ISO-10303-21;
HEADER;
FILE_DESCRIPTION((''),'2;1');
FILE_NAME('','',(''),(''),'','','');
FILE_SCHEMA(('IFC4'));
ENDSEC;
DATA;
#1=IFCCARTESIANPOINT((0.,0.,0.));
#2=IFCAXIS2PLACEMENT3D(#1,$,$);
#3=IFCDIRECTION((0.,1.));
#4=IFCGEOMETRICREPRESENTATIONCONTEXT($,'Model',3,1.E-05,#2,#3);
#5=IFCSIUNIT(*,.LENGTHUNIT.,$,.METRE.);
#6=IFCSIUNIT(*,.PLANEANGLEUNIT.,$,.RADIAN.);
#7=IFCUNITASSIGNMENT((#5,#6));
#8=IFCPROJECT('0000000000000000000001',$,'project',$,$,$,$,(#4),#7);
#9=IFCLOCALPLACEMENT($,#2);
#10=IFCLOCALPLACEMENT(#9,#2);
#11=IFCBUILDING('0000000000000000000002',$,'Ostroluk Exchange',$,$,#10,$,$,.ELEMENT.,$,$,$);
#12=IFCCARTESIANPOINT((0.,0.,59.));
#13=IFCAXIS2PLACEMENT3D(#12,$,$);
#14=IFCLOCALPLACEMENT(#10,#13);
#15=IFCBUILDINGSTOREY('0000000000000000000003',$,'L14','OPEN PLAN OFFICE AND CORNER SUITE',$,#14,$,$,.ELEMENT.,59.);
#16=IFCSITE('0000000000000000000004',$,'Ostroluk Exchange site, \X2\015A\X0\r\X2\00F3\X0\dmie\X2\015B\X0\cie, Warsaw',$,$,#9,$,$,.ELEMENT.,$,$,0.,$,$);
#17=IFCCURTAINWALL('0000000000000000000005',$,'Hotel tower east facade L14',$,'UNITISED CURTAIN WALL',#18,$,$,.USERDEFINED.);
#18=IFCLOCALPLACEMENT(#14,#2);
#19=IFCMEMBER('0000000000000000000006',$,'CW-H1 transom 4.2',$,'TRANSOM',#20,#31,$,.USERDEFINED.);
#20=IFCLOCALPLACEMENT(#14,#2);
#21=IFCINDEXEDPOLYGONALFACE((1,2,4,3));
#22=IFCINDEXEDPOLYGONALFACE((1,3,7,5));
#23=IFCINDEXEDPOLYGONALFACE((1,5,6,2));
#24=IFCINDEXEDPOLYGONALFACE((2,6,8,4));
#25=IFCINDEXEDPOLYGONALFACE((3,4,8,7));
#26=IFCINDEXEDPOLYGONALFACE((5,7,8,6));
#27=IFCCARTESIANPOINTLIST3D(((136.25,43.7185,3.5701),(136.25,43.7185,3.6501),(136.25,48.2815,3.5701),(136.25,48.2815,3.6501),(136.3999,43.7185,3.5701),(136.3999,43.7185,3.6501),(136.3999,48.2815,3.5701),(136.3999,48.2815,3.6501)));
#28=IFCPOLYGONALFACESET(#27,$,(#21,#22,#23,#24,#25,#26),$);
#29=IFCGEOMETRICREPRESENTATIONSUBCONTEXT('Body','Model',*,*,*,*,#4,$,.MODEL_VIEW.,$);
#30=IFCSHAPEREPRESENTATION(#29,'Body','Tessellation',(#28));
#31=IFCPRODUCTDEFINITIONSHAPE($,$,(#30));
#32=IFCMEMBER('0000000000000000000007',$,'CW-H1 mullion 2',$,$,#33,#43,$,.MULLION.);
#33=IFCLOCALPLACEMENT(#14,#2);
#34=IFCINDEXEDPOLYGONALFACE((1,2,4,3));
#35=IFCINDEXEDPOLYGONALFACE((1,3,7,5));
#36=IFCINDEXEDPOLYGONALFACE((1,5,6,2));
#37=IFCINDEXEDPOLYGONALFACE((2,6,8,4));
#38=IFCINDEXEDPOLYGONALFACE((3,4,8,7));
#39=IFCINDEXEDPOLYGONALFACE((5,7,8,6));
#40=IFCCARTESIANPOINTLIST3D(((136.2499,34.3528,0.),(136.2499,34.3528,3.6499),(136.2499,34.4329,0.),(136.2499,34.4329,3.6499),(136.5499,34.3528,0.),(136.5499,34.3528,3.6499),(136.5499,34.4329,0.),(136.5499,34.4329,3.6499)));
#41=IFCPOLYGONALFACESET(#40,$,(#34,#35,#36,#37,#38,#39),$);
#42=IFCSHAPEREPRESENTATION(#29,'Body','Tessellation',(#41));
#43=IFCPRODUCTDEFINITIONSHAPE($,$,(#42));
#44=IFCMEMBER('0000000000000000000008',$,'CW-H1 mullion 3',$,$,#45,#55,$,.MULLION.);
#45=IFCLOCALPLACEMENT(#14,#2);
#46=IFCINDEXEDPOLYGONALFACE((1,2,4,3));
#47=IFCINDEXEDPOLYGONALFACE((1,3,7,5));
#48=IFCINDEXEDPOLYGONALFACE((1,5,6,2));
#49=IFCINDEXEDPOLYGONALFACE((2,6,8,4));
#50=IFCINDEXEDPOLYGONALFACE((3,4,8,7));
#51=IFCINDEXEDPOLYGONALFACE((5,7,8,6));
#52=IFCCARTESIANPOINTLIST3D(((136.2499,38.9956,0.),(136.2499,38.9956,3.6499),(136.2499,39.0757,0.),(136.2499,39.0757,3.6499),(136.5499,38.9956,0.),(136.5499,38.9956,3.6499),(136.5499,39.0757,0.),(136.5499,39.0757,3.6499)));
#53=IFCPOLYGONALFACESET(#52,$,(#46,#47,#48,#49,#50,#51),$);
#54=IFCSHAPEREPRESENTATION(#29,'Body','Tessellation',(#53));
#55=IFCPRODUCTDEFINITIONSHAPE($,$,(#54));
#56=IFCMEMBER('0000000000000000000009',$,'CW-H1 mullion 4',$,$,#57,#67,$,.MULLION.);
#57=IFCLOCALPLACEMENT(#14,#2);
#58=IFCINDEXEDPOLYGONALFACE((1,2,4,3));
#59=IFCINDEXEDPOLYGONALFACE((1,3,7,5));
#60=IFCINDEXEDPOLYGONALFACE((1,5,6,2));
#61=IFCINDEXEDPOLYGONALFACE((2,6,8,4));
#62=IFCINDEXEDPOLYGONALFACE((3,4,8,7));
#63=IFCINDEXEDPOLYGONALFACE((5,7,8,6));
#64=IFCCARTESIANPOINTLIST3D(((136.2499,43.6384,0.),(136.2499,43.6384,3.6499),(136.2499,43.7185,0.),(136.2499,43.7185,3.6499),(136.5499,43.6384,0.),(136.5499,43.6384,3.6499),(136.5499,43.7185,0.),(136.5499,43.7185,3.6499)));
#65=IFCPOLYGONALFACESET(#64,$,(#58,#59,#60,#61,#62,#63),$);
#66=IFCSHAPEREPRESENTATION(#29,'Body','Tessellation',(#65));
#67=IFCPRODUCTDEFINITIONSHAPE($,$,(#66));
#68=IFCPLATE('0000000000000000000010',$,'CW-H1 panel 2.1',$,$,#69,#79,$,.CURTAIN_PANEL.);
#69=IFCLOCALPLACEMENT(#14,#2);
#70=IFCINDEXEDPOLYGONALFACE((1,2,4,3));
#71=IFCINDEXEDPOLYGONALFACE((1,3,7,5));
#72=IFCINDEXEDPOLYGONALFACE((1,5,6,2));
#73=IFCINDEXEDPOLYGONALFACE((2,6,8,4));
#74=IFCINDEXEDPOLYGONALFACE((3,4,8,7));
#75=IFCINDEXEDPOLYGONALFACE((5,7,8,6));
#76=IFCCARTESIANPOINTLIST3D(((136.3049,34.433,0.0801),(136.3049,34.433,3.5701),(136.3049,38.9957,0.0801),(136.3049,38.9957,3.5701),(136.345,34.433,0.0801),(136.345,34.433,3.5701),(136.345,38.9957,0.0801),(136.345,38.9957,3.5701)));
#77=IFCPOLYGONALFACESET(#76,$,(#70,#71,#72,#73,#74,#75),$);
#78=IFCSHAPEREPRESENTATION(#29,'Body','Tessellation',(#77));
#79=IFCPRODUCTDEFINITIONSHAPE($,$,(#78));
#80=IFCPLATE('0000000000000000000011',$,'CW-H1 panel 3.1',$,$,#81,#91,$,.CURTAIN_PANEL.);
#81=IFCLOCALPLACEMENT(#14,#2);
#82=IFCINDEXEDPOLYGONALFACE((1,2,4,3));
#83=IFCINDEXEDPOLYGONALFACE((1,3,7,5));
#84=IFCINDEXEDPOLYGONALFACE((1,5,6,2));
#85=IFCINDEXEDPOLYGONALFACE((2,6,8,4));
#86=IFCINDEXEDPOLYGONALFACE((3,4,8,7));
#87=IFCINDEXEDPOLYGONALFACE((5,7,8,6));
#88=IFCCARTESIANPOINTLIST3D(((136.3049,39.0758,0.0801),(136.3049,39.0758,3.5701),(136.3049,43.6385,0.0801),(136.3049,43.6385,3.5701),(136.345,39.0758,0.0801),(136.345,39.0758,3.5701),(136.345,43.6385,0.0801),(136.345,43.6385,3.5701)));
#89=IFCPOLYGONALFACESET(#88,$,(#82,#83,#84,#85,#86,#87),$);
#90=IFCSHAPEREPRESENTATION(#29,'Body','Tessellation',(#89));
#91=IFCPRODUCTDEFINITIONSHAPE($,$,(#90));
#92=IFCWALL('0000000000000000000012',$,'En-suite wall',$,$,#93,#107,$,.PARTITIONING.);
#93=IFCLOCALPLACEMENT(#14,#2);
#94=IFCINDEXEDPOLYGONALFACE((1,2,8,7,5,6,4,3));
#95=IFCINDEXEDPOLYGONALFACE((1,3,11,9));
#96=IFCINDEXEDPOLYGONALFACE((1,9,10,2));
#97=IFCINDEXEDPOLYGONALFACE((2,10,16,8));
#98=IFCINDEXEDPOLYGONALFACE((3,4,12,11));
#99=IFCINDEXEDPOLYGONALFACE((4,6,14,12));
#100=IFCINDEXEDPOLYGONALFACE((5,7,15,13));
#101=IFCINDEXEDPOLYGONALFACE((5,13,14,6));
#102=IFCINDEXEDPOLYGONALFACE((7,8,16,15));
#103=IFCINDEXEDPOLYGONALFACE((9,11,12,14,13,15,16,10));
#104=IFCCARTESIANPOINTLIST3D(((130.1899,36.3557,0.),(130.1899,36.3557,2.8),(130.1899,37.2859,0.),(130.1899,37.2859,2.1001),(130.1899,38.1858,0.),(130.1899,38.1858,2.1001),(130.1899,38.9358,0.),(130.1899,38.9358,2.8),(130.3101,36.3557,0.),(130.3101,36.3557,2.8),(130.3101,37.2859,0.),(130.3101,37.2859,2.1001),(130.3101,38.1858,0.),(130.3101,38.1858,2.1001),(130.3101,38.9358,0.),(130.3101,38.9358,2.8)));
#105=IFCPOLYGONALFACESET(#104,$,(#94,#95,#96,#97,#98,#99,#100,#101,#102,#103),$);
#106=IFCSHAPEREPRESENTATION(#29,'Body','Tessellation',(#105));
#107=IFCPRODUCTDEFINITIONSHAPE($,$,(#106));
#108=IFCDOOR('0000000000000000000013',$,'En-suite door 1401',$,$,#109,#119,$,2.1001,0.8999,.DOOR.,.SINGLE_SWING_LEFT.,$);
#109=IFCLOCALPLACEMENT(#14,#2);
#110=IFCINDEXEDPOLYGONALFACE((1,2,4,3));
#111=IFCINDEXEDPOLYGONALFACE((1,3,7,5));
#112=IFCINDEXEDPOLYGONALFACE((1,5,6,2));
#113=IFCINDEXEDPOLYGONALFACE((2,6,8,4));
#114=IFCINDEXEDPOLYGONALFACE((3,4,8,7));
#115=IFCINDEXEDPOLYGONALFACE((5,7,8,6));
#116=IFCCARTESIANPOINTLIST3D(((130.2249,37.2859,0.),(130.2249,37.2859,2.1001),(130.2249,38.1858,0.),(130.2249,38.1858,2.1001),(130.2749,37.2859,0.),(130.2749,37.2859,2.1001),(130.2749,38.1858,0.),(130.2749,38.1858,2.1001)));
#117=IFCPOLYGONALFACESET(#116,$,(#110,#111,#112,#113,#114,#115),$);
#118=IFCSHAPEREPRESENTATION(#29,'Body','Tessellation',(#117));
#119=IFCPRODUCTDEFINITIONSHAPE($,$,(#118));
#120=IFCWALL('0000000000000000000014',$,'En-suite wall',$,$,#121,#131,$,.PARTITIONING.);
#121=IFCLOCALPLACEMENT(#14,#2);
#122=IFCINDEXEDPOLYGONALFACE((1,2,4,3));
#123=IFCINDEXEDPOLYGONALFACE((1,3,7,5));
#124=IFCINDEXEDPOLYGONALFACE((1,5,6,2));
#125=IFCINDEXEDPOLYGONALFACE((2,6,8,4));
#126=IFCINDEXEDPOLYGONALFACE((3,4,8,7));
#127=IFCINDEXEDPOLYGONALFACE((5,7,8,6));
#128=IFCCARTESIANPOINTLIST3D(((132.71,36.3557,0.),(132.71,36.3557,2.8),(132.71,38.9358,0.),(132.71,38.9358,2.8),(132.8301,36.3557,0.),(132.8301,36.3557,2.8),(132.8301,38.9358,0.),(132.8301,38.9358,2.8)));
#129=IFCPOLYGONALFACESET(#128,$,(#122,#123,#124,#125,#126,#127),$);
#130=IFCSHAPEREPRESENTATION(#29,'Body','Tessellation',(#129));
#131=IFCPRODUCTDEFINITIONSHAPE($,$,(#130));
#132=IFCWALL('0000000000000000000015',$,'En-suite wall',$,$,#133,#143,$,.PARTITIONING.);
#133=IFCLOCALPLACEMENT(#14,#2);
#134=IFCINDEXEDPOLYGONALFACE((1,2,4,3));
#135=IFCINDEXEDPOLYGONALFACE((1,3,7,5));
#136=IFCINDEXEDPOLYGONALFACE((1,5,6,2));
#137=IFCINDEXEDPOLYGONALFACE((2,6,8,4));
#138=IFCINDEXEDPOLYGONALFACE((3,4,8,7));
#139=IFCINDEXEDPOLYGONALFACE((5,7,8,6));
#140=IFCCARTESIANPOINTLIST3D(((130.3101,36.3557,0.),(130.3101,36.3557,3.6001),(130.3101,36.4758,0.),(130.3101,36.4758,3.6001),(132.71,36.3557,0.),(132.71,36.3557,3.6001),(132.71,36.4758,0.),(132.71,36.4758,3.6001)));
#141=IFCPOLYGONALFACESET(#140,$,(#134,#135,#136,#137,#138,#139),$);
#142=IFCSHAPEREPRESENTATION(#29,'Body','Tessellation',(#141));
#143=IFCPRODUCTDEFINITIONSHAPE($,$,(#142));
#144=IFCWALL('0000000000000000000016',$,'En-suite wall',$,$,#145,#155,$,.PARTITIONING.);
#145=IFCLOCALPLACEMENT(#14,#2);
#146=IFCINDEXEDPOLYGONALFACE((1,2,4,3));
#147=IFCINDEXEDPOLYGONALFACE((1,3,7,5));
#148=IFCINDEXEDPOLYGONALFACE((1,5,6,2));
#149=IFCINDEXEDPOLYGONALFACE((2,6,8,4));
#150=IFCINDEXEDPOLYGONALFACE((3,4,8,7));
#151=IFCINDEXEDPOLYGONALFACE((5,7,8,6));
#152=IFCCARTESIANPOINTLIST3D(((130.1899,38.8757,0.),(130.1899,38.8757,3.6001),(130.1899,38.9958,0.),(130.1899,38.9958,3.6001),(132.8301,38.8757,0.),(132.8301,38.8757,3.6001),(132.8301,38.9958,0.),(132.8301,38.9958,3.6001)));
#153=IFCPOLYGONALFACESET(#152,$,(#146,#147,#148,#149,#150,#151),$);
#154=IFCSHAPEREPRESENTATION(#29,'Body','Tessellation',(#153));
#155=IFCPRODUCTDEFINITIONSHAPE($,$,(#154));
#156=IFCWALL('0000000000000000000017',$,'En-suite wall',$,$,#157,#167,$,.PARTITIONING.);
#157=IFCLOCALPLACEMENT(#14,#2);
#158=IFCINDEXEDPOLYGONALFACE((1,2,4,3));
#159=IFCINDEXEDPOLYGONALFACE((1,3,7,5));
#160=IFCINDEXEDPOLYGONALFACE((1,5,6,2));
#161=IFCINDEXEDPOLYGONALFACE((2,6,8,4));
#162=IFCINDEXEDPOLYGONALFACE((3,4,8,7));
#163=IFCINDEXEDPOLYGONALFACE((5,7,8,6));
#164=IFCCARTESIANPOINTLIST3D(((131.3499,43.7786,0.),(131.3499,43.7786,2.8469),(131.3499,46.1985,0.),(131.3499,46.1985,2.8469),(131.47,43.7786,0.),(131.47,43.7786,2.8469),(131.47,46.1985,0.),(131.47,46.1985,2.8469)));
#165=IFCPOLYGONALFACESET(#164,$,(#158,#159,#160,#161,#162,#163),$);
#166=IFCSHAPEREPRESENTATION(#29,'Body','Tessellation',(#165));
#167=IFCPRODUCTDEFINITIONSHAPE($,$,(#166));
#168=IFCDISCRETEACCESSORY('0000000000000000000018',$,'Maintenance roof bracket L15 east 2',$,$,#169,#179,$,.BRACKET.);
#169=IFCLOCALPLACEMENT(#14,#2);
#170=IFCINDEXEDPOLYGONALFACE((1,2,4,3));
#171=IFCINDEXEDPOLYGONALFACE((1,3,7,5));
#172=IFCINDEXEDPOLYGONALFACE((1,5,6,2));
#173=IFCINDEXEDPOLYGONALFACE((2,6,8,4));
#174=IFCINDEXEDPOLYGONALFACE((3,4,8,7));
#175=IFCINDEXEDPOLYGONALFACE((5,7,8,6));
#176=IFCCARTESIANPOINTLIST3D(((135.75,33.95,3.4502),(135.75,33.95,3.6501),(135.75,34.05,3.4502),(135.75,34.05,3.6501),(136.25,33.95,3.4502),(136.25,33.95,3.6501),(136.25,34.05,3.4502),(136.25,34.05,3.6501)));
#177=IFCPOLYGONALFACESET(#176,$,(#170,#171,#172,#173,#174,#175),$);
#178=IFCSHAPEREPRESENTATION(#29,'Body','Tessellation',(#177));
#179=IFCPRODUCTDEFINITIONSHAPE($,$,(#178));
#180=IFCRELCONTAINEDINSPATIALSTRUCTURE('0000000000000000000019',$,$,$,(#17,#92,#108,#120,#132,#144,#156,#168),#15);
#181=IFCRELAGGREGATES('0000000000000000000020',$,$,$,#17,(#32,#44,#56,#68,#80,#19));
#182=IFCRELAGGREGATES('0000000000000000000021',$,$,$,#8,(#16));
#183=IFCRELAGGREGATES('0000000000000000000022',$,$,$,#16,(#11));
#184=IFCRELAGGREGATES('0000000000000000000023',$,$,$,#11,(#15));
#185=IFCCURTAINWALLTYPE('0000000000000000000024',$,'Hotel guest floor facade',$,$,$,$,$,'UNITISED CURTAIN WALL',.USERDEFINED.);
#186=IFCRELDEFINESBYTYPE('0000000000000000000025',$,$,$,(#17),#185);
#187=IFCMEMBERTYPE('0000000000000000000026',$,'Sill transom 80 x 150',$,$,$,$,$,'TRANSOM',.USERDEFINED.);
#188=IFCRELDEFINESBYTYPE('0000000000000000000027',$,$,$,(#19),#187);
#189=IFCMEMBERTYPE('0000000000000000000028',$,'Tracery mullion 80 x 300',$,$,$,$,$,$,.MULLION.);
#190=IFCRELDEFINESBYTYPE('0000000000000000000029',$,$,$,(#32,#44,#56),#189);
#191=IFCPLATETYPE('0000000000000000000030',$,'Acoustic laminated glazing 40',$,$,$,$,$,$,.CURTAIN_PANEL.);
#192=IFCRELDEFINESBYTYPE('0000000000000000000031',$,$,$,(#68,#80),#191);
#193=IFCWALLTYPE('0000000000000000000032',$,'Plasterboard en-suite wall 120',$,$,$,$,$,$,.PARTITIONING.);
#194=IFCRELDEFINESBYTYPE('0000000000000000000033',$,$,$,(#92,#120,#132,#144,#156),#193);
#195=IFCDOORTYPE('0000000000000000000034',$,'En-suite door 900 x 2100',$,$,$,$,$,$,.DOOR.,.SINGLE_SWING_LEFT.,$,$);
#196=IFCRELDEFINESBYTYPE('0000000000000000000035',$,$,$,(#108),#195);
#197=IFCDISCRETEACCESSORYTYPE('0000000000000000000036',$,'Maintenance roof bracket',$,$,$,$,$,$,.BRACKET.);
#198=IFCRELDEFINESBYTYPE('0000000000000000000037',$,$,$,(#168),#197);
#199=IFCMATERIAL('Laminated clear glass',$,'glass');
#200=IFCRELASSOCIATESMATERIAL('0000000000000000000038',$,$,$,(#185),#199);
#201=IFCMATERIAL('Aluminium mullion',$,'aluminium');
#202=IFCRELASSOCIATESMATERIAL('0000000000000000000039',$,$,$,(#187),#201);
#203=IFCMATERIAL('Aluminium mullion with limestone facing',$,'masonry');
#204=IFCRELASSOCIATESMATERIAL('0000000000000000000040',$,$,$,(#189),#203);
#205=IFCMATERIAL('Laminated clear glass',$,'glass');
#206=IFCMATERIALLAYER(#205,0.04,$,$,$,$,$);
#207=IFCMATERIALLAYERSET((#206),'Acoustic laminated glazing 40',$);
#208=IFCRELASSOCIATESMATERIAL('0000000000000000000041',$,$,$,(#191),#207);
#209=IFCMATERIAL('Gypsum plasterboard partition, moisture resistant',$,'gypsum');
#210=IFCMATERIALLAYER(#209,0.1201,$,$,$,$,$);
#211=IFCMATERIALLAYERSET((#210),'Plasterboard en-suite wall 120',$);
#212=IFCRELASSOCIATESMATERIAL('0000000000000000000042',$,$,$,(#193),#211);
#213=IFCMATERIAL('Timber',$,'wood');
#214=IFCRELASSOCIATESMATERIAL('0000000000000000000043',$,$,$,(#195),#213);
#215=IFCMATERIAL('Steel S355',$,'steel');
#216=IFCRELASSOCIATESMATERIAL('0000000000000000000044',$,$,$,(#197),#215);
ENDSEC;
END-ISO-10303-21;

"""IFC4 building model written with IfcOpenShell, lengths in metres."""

from ifc_helpers import new_model, si_unit, direction, frame, frame_2d, origin, origin_2d, place, context, subcontext, project, spatial, rectangle, extrude, material, layer, layer_set, material_profile, profile_set, type_object, element, fill, aggregate, save


model = new_model("IFC4")

# Units and contexts
model_context = context("Model", 3, precision=1e-05, world=origin(), true_north=direction((0.0, 1.0)))
body_context = subcontext(model_context, "Body", "Model", "MODEL_VIEW")
ifc_project = project(units=[si_unit("LENGTHUNIT", "METRE"), si_unit("PLANEANGLEUNIT", "RADIAN")], contexts=[model_context])

# Site, building, storey
site_placement = place(None, origin())
site = spatial("IfcSite", under=ifc_project, at=site_placement, Name="Ostroluk Exchange site, Śródmieście, Warsaw", CompositionType="ELEMENT", RefElevation=0.0)
building_placement = place(site_placement, origin())
building = spatial("IfcBuilding", under=site, at=building_placement, Name="Ostroluk Exchange", CompositionType="ELEMENT")
storey_placement = place(building_placement, frame((0.0, 0.0, 59.0)))
storey = spatial("IfcBuildingStorey", under=building, at=storey_placement, Name="L14", Description="OPEN PLAN OFFICE AND CORNER SUITE", CompositionType="ELEMENT", Elevation=59.0)

# Curtain wall, members, plates
ifc_material_1 = material(Name="Laminated clear glass", Category="glass")
curtain_wall_type = type_object("IfcCurtainWallType", Name="Hotel guest floor facade", ElementType="UNITISED CURTAIN WALL", PredefinedType="USERDEFINED", material=ifc_material_1)
curtain_wall_placement = place(storey_placement, origin())
curtain_wall = element("IfcCurtainWall", 1, at=curtain_wall_placement, inside=storey, type_object=curtain_wall_type, Name="Hotel tower east facade L14", ObjectType="UNITISED CURTAIN WALL", PredefinedType="USERDEFINED")
ifc_material_2 = material(Name="Aluminium mullion", Category="aluminium")
ifc_material_profile_1 = material_profile(ifc_material_2, rectangle(XDim=0.1499, YDim=0.0801, at=origin_2d()), Name="Sill transom 80 x 150")
ifc_profile_set_1 = profile_set([ifc_material_profile_1], Name="Aluminium mullion")
member_type_1 = type_object("IfcMemberType", Name="Sill transom 80 x 150", ElementType="TRANSOM", PredefinedType="USERDEFINED", material=ifc_profile_set_1)
member_1_placement = place(storey_placement, frame((136.325, 43.7185, 3.6101), z_axis=(0.0, 1.0, 0.0), x_axis=(-1.0, 0.0, 0.0)))
member_1 = element("IfcMember", 2, at=member_1_placement, type_object=member_type_1, Name="CW-H1 transom 4.2", ObjectType="TRANSOM", PredefinedType="USERDEFINED", context=body_context, shape_type="SweptSolid", body=[
    extrude(rectangle(XDim=0.1499, YDim=0.0801, at=origin_2d()), origin(), (0.0, 0.0, 1.0), 4.563),
])
ifc_material_3 = material(Name="Aluminium mullion with limestone facing", Category="masonry")
ifc_material_profile_2 = material_profile(ifc_material_3, rectangle(XDim=0.3, YDim=0.0801, at=origin_2d()), Name="Tracery mullion 80 x 300")
ifc_profile_set_2 = profile_set([ifc_material_profile_2], Name="Aluminium mullion with limestone facing")
member_type_2 = type_object("IfcMemberType", Name="Tracery mullion 80 x 300", PredefinedType="MULLION", material=ifc_profile_set_2)
member_2_placement = place(storey_placement, frame((136.3999, 34.3928, 0.0), z_axis=(0.0, 0.0, 1.0), x_axis=(-1.0, 0.0, 0.0)))
member_2 = element("IfcMember", 3, at=member_2_placement, type_object=member_type_2, Name="CW-H1 mullion 2", PredefinedType="MULLION", context=body_context, shape_type="SweptSolid", body=[
    extrude(rectangle(XDim=0.3, YDim=0.0801, at=origin_2d()), origin(), (0.0, 0.0, 1.0), 3.6499),
])
member_3_placement = place(storey_placement, frame((136.3999, 39.0356, 0.0), z_axis=(0.0, 0.0, 1.0), x_axis=(-1.0, 0.0, 0.0)))
member_3 = element("IfcMember", 4, at=member_3_placement, type_object=member_type_2, Name="CW-H1 mullion 3", PredefinedType="MULLION", context=body_context, shape_type="SweptSolid", body=[
    extrude(rectangle(XDim=0.3, YDim=0.0801, at=origin_2d()), origin(), (0.0, 0.0, 1.0), 3.6499),
])
member_4_placement = place(storey_placement, frame((136.3999, 43.6785, 0.0), z_axis=(0.0, 0.0, 1.0), x_axis=(-1.0, 0.0, 0.0)))
member_4 = element("IfcMember", 5, at=member_4_placement, type_object=member_type_2, Name="CW-H1 mullion 4", PredefinedType="MULLION", context=body_context, shape_type="SweptSolid", body=[
    extrude(rectangle(XDim=0.3, YDim=0.0801, at=origin_2d()), origin(), (0.0, 0.0, 1.0), 3.6499),
])
ifc_material_4 = material(Name="Laminated clear glass", Category="glass")
ifc_layer_1 = layer(ifc_material_4, 0.04)
ifc_layer_set_1 = layer_set([ifc_layer_1], Name="Acoustic laminated glazing 40")
plate_type = type_object("IfcPlateType", Name="Acoustic laminated glazing 40", PredefinedType="CURTAIN_PANEL", material=ifc_layer_set_1)
plate_1_placement = place(storey_placement, frame((136.325, 36.7144, 0.0801), z_axis=(0.0, 0.0, 1.0), x_axis=(0.0, 1.0, 0.0)))
plate_1 = element("IfcPlate", 6, at=plate_1_placement, type_object=plate_type, Name="CW-H1 panel 2.1", PredefinedType="CURTAIN_PANEL", context=body_context, shape_type="SweptSolid", body=[
    extrude(rectangle(XDim=4.5627, YDim=0.04, at=origin_2d()), origin(), (0.0, 0.0, 1.0), 3.49),
])
plate_2_placement = place(storey_placement, frame((136.325, 41.3572, 0.0801), z_axis=(0.0, 0.0, 1.0), x_axis=(0.0, 1.0, 0.0)))
plate_2 = element("IfcPlate", 7, at=plate_2_placement, type_object=plate_type, Name="CW-H1 panel 3.1", PredefinedType="CURTAIN_PANEL", context=body_context, shape_type="SweptSolid", body=[
    extrude(rectangle(XDim=4.5627, YDim=0.04, at=origin_2d()), origin(), (0.0, 0.0, 1.0), 3.49),
])
aggregate(curtain_wall, [member_2, member_3, member_4, plate_1, plate_2, member_1])

# Wall, opening, door
ifc_material_5 = material(Name="Gypsum plasterboard partition, moisture resistant", Category="gypsum")
ifc_layer_2 = layer(ifc_material_5, 0.1201)
ifc_layer_set_2 = layer_set([ifc_layer_2], Name="Plasterboard en-suite wall 120")
wall_type = type_object("IfcWallType", Name="Plasterboard en-suite wall 120", PredefinedType="PARTITIONING", material=ifc_layer_set_2)
wall_1_placement = place(storey_placement, frame((130.25, 38.9358, 0.0), z_axis=(0.0, 0.0, 1.0), x_axis=(0.0, -1.0, 0.0)))
wall_1 = element("IfcWall", 8, at=wall_1_placement, inside=storey, type_object=wall_type, Name="En-suite wall", PredefinedType="PARTITIONING", context=body_context, shape_type="SweptSolid", body=[
    extrude(rectangle(XDim=2.5801, YDim=0.1201, at=frame_2d((1.29, 0.0))), origin(), (0.0, 0.0, 1.0), 2.8),
])
opening_placement = place(wall_1_placement, frame((0.75, 0.0, 0.0)))
opening = element("IfcOpeningElement", 9, at=opening_placement, cuts=wall_1, PredefinedType="OPENING", context=body_context, shape_type="SweptSolid", body=[
    extrude(rectangle(XDim=0.8999, YDim=2.1001, at=frame_2d((0.45, 1.05))), frame((0.0, 0.0701, 0.0), z_axis=(0.0, -1.0, 0.0), x_axis=(1.0, 0.0, 0.0)), (0.0, 0.0, 1.0), 0.1401),
])
ifc_material_6 = material(Name="Timber", Category="wood")
door_type = type_object("IfcDoorType", Name="En-suite door 900 x 2100", OperationType="SINGLE_SWING_LEFT", PredefinedType="DOOR", material=ifc_material_6)
door_placement = place(opening_placement, origin())
door = element("IfcDoor", 10, at=door_placement, inside=storey, type_object=door_type, Name="En-suite door 1401", OperationType="SINGLE_SWING_LEFT", OverallHeight=2.1001, OverallWidth=0.8999, PredefinedType="DOOR", context=body_context, shape_type="SweptSolid", body=[
    extrude(rectangle(XDim=0.8999, YDim=2.1001, at=frame_2d((0.45, 1.05))), frame((0.0, 0.0249, 0.0), z_axis=(0.0, -1.0, 0.0), x_axis=(1.0, 0.0, 0.0)), (0.0, 0.0, 1.0), 0.05),
])
fill(opening, door)

# Walls
wall_2_placement = place(storey_placement, frame((132.77, 38.9358, 0.0), z_axis=(0.0, 0.0, 1.0), x_axis=(0.0, -1.0, 0.0)))
element("IfcWall", 11, at=wall_2_placement, inside=storey, type_object=wall_type, Name="En-suite wall", PredefinedType="PARTITIONING", context=body_context, shape_type="SweptSolid", body=[
    extrude(rectangle(XDim=2.5801, YDim=0.1201, at=frame_2d((1.29, 0.0))), origin(), (0.0, 0.0, 1.0), 2.8),
])
wall_3_placement = place(storey_placement, frame((130.3101, 36.4158, 0.0), z_axis=(0.0, 0.0, 1.0), x_axis=(1.0, 0.0, 0.0)))
element("IfcWall", 12, at=wall_3_placement, inside=storey, type_object=wall_type, Name="En-suite wall", PredefinedType="PARTITIONING", context=body_context, shape_type="SweptSolid", body=[
    extrude(rectangle(XDim=2.3999, YDim=0.1201, at=frame_2d((1.2, 0.0))), origin(), (0.0, 0.0, 1.0), 3.6001),
])
wall_4_placement = place(storey_placement, frame((130.1899, 38.9358, 0.0), z_axis=(0.0, 0.0, 1.0), x_axis=(1.0, 0.0, 0.0)))
element("IfcWall", 13, at=wall_4_placement, inside=storey, type_object=wall_type, Name="En-suite wall", PredefinedType="PARTITIONING", context=body_context, shape_type="SweptSolid", body=[
    extrude(rectangle(XDim=2.6401, YDim=0.1201, at=frame_2d((1.3201, 0.0))), origin(), (0.0, 0.0, 1.0), 3.6001),
])
wall_5_placement = place(storey_placement, frame((131.4099, 43.7786, 0.0), z_axis=(0.0, 0.0, 1.0), x_axis=(0.0, 1.0, 0.0)))
element("IfcWall", 14, at=wall_5_placement, inside=storey, type_object=wall_type, Name="En-suite wall", PredefinedType="PARTITIONING", context=body_context, shape_type="SweptSolid", body=[
    extrude(rectangle(XDim=2.4199, YDim=0.1201, at=frame_2d((1.21, 0.0))), origin(), (0.0, 0.0, 1.0), 2.8469),
])

# Discrete accessory
ifc_material_7 = material(Name="Steel S355", Category="steel")
discrete_accessory_type = type_object("IfcDiscreteAccessoryType", Name="Maintenance roof bracket", PredefinedType="BRACKET", material=ifc_material_7)
for number, where, z_axis, x_axis, name in (
    (15, (136.0, 34.0, 3.4502), (0.0, 0.0, 1.0), (1.0, 0.0, 0.0), "Maintenance roof bracket L15 east 2"),
):
    element("IfcDiscreteAccessory", number, at=place(storey_placement, frame(where, z_axis=z_axis, x_axis=x_axis)), inside=storey, type_object=discrete_accessory_type, Name=name, PredefinedType="BRACKET", context=body_context, shape_type="SweptSolid", body=[
        extrude(rectangle(XDim=0.5, YDim=0.1001, at=origin_2d()), origin(), (0.0, 0.0, 1.0), 0.2),
    ])

save(model, "model.ifc")
